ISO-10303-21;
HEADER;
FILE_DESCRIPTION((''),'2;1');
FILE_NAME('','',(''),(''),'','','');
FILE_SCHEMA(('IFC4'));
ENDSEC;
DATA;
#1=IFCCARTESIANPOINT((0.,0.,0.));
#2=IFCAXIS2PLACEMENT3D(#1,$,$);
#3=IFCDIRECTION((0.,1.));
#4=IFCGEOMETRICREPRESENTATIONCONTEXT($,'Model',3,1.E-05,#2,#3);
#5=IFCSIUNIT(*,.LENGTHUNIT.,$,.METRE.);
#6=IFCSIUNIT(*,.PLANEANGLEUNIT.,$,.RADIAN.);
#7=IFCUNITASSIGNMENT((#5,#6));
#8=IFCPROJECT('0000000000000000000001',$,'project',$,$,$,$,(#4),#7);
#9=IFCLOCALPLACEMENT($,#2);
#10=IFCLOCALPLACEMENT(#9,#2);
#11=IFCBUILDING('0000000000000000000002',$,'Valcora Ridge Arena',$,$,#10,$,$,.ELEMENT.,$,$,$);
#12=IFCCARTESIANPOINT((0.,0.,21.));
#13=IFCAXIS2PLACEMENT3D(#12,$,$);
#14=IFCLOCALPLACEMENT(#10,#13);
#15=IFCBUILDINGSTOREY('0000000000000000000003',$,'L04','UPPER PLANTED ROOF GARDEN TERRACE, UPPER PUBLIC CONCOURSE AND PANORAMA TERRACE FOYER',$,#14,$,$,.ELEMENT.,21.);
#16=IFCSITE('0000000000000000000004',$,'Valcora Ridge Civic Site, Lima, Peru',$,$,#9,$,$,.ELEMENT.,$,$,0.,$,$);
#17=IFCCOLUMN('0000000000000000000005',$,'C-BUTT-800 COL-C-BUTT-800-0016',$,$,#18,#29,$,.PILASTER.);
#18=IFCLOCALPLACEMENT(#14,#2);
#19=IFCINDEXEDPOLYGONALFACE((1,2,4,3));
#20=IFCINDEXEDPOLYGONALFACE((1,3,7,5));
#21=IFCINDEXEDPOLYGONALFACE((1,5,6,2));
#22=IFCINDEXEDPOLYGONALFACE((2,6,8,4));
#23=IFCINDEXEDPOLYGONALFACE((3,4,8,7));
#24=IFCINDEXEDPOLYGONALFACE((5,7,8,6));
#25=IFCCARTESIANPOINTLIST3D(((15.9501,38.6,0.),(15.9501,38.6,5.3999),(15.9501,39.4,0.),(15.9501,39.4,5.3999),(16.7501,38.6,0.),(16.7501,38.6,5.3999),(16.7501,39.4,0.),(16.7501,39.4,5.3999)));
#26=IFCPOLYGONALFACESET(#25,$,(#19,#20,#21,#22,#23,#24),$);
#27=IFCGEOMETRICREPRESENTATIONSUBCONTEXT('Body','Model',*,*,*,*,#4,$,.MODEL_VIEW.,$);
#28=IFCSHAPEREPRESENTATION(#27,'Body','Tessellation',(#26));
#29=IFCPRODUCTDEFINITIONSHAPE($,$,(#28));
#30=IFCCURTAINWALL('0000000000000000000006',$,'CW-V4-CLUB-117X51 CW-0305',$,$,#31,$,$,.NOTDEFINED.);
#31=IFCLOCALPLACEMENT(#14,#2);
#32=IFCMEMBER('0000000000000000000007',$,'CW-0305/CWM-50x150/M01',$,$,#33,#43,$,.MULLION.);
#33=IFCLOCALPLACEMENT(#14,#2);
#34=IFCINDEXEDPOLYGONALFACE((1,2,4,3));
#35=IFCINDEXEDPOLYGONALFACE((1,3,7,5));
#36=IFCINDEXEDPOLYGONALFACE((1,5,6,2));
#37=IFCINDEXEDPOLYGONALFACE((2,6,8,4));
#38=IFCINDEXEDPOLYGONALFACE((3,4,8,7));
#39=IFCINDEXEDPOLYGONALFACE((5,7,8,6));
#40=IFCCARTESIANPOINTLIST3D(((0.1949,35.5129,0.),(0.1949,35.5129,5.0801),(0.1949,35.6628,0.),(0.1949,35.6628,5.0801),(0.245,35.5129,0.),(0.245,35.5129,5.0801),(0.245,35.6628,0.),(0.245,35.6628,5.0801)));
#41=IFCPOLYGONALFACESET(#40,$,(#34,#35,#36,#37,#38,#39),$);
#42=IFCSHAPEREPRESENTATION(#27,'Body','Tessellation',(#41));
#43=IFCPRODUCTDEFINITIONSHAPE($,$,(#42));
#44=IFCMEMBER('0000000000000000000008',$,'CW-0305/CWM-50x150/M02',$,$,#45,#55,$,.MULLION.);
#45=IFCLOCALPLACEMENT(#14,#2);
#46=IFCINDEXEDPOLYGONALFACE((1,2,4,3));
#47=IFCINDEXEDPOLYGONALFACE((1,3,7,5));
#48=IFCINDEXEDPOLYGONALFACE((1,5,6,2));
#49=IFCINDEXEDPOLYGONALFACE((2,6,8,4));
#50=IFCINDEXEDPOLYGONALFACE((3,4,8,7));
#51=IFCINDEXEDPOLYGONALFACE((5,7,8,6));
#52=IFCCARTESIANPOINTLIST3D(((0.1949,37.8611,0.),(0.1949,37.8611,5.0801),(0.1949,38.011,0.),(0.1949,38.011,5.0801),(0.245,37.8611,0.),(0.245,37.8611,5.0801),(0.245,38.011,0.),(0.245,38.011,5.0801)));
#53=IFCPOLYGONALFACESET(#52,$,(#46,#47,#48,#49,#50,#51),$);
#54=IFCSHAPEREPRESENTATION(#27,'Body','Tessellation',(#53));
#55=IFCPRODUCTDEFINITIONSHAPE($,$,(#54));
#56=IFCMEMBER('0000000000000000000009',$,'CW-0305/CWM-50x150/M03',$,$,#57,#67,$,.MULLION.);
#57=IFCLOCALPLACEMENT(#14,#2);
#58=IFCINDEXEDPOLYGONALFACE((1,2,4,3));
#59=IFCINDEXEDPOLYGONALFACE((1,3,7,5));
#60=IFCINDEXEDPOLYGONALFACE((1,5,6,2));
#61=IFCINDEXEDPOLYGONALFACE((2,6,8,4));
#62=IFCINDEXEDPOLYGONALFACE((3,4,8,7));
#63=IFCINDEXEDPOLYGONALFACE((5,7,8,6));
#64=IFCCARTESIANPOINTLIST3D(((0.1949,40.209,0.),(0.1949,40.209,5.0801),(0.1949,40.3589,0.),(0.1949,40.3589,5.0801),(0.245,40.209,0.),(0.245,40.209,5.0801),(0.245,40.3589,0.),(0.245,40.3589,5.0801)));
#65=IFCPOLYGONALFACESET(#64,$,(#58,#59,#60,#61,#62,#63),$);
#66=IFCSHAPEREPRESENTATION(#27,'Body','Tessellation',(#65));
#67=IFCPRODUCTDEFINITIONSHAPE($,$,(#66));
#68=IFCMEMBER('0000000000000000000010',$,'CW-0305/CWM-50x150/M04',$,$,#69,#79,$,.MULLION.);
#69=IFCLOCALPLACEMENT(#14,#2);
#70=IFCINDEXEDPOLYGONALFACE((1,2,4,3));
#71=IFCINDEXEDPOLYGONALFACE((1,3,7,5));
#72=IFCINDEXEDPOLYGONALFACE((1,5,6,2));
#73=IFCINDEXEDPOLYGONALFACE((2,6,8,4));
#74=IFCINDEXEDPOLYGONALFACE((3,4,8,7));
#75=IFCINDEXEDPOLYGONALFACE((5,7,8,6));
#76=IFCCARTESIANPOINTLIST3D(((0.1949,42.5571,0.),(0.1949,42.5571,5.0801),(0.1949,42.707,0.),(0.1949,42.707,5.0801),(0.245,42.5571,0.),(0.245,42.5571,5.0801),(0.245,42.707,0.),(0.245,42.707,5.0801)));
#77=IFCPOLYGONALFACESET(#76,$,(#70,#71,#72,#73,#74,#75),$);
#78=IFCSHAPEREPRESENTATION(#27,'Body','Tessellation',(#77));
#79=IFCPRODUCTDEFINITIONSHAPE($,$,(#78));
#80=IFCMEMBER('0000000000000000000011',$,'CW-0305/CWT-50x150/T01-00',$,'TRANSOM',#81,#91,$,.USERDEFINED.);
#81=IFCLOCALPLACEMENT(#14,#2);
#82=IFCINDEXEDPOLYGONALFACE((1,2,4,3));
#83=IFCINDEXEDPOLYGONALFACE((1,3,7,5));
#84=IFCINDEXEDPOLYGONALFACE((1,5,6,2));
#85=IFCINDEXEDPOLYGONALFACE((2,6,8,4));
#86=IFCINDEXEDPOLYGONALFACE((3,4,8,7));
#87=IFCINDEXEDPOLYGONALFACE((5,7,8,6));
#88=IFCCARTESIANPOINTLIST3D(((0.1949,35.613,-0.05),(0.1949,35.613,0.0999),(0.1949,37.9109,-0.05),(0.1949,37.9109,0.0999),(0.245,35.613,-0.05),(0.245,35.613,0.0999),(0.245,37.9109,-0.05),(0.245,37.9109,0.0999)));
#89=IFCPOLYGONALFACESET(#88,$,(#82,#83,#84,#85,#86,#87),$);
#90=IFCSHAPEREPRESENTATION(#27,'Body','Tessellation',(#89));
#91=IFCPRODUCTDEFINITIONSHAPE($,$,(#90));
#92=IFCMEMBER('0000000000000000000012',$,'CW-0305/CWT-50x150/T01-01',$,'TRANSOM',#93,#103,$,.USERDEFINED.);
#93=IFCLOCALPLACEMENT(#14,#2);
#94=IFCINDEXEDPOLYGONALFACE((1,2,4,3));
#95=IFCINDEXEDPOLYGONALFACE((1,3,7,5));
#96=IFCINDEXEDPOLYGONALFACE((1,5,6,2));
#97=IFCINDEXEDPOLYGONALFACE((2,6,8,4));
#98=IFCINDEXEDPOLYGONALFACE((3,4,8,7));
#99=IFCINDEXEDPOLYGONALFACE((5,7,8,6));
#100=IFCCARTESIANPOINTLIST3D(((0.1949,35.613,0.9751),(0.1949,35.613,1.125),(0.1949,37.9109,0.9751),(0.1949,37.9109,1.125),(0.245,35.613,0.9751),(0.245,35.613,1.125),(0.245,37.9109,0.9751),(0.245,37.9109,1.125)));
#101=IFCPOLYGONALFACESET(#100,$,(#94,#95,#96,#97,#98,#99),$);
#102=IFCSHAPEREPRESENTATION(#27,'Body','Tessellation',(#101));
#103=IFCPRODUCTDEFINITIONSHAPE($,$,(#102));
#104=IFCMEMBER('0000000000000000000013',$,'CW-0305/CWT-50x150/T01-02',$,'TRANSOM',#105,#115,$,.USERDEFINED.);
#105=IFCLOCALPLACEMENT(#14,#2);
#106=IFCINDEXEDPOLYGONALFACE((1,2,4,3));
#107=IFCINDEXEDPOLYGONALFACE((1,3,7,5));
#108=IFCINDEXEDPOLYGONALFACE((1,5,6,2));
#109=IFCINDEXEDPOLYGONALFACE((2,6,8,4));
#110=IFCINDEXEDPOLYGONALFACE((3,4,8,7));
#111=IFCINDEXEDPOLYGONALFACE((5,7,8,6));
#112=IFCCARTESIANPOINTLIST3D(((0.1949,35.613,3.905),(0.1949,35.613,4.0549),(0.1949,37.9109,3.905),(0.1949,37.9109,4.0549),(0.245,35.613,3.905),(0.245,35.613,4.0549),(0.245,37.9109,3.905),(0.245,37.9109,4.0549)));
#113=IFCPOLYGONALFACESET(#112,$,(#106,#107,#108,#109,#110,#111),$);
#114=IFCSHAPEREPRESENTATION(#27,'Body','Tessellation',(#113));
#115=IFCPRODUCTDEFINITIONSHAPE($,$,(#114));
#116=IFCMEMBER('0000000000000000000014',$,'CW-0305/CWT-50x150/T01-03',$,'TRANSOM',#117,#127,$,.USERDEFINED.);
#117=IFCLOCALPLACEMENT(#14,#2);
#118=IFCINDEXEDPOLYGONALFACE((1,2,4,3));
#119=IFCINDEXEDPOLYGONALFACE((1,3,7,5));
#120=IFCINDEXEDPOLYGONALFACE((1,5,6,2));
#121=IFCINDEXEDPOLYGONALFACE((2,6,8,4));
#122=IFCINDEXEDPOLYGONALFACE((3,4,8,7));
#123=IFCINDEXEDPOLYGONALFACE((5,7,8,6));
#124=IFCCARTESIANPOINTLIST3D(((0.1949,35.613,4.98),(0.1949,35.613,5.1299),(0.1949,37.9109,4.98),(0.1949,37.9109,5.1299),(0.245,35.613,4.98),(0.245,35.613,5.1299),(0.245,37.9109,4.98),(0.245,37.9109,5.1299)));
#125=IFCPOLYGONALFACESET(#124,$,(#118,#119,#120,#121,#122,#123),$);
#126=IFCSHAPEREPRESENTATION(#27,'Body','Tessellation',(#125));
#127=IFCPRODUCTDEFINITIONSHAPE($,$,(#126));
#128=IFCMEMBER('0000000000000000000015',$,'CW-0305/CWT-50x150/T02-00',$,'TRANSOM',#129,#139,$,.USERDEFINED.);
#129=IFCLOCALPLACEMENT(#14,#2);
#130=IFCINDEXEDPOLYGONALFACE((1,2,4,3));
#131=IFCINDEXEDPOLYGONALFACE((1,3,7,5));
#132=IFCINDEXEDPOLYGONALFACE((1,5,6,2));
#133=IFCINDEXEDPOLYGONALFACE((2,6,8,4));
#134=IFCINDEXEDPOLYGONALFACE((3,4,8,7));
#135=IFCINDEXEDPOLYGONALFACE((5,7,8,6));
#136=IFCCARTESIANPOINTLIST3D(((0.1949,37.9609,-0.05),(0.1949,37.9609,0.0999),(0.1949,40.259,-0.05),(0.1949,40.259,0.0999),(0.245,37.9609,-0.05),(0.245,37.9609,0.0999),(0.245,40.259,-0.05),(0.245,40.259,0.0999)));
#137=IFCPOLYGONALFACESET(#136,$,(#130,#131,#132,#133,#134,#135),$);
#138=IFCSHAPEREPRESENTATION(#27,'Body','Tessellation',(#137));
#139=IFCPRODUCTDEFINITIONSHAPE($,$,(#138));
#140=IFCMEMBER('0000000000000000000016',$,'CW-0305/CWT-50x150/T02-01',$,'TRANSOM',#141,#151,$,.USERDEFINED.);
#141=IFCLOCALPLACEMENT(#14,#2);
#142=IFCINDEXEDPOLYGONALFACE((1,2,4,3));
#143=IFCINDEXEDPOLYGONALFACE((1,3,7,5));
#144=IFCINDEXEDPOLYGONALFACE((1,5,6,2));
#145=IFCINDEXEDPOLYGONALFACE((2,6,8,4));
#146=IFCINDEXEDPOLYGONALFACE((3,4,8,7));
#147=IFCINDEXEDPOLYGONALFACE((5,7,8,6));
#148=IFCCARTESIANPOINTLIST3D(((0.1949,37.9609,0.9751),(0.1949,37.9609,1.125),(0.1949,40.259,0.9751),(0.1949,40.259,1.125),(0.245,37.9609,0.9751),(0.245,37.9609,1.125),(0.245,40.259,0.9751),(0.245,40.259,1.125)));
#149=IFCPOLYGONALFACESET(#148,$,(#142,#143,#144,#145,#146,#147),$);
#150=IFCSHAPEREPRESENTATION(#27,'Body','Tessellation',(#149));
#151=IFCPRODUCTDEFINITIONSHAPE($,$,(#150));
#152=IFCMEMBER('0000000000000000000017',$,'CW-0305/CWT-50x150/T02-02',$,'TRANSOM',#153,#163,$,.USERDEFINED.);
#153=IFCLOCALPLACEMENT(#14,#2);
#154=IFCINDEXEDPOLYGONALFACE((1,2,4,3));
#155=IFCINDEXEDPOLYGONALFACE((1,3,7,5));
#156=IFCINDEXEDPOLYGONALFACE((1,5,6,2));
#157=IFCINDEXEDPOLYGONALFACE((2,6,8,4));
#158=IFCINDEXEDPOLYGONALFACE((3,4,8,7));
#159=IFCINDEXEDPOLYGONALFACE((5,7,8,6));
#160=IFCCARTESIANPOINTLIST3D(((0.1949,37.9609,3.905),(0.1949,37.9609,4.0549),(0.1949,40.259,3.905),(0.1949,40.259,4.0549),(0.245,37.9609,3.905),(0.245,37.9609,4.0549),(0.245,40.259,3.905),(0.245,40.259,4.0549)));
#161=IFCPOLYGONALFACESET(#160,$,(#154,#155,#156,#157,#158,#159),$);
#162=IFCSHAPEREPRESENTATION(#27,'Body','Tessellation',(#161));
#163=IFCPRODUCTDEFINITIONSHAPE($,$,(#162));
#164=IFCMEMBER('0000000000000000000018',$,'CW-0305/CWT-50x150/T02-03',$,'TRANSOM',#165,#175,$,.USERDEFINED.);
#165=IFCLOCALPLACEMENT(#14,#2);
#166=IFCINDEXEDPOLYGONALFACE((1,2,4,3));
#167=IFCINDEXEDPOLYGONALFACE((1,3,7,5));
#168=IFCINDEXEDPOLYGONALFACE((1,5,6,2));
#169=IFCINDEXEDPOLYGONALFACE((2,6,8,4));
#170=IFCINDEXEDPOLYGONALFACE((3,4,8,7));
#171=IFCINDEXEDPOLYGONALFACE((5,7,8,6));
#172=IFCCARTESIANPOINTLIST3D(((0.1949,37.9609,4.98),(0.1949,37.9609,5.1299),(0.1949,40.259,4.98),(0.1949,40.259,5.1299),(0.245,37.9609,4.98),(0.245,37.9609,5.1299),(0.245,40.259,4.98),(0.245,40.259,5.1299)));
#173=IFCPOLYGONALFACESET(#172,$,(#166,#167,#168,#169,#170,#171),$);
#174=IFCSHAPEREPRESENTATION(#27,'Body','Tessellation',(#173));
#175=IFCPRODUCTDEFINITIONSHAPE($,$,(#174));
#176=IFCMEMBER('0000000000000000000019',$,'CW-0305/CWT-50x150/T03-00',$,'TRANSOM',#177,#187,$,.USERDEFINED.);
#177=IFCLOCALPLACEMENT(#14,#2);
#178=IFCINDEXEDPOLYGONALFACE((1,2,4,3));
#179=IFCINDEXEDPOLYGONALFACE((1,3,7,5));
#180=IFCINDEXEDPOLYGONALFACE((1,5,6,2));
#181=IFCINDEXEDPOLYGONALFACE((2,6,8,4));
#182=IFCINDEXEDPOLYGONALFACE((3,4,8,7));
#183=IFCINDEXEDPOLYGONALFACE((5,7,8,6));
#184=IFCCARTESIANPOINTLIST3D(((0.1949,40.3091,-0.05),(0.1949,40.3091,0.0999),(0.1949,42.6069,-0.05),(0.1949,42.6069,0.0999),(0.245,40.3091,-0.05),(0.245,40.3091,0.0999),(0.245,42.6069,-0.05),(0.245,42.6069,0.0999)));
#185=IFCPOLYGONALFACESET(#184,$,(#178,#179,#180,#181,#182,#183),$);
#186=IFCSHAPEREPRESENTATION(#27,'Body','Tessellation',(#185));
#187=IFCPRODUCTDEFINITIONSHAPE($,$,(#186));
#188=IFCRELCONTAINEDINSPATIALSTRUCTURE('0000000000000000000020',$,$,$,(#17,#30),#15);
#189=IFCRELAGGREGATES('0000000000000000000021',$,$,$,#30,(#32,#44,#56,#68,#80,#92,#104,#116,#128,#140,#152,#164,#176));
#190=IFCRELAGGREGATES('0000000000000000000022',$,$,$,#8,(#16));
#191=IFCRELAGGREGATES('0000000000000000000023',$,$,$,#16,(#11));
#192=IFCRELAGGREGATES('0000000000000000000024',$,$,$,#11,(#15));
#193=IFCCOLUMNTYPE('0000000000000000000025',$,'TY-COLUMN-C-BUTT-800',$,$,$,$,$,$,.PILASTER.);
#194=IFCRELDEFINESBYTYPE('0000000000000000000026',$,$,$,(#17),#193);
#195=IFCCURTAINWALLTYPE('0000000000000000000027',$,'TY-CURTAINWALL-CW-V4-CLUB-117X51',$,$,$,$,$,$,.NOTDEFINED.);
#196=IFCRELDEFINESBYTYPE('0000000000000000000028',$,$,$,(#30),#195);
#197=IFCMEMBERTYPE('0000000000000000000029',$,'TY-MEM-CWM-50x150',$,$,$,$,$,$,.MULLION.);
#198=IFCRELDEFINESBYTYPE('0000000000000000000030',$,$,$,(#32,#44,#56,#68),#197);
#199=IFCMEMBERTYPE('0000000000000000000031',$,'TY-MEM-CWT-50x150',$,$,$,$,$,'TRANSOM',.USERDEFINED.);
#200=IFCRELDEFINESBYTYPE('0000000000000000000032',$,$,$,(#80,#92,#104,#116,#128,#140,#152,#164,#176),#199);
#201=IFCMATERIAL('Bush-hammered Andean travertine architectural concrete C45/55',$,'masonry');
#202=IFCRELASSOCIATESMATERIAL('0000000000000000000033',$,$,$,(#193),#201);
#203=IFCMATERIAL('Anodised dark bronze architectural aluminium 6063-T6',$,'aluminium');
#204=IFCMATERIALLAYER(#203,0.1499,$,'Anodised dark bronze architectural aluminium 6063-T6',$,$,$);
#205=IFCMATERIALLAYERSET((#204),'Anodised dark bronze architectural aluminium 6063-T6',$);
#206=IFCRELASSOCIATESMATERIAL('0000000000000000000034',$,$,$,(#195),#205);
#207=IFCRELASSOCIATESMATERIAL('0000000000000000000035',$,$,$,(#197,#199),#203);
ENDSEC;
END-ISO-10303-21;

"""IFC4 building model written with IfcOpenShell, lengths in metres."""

from ifc_helpers import new_model, si_unit, direction, frame, origin, origin_2d, place, context, subcontext, project, spatial, rectangle, extrude, material, layer, layer_set, material_profile, profile_set, type_object, element, aggregate, save


model = new_model("IFC4")

# Units and contexts
model_context = context("Model", 3, precision=1e-05, world=origin(), true_north=direction((0.0, 1.0)))
body_context = subcontext(model_context, "Body", "Model", "MODEL_VIEW")
ifc_project = project(units=[si_unit("LENGTHUNIT", "METRE"), si_unit("PLANEANGLEUNIT", "RADIAN")], contexts=[model_context])

# Site, building, storey
site_placement = place(None, origin())
site = spatial("IfcSite", under=ifc_project, at=site_placement, Name="Valcora Ridge Civic Site, Lima, Peru", CompositionType="ELEMENT", RefElevation=0.0)
building_placement = place(site_placement, origin())
building = spatial("IfcBuilding", under=site, at=building_placement, Name="Valcora Ridge Arena", CompositionType="ELEMENT")
storey_placement = place(building_placement, frame((0.0, 0.0, 21.0)))
storey = spatial("IfcBuildingStorey", under=building, at=storey_placement, Name="L04", Description="UPPER PLANTED ROOF GARDEN TERRACE, UPPER PUBLIC CONCOURSE AND PANORAMA TERRACE FOYER", CompositionType="ELEMENT", Elevation=21.0)

# Column
ifc_material_1 = material(Name="Bush-hammered Andean travertine architectural concrete C45/55", Category="masonry")
ifc_material_profile_1 = material_profile(ifc_material_1, rectangle(XDim=0.8, YDim=0.8, at=origin_2d()), Name="RC 800x800")
ifc_profile_set_1 = profile_set([ifc_material_profile_1], Name="Bush-hammered Andean travertine architectural concrete C45/55")
column_type = type_object("IfcColumnType", Name="TY-COLUMN-C-BUTT-800", PredefinedType="PILASTER", material=ifc_profile_set_1)
column_placement = place(storey_placement, frame((16.3501, 39.0, 0.0), z_axis=(0.0, 0.0, 1.0), x_axis=(1.0, 0.0, 0.0)))
element("IfcColumn", 1, at=column_placement, inside=storey, type_object=column_type, Name="C-BUTT-800 COL-C-BUTT-800-0016", PredefinedType="PILASTER", context=body_context, shape_type="SweptSolid", body=[
    extrude(rectangle(XDim=0.8, YDim=0.8, at=origin_2d()), origin(), (0.0, 0.0, 1.0), 5.3999),
])

# Curtain wall, members
ifc_material_2 = material(Name="Anodised dark bronze architectural aluminium 6063-T6", Category="aluminium")
ifc_layer_1 = layer(ifc_material_2, 0.1499, Name="Anodised dark bronze architectural aluminium 6063-T6")
ifc_layer_set_1 = layer_set([ifc_layer_1], Name="Anodised dark bronze architectural aluminium 6063-T6")
curtain_wall_type = type_object("IfcCurtainWallType", Name="TY-CURTAINWALL-CW-V4-CLUB-117X51", PredefinedType="NOTDEFINED", material=ifc_layer_set_1)
curtain_wall_placement = place(storey_placement, origin())
curtain_wall = element("IfcCurtainWall", 2, at=curtain_wall_placement, inside=storey, type_object=curtain_wall_type, Name="CW-V4-CLUB-117X51 CW-0305", PredefinedType="NOTDEFINED")
ifc_material_profile_2 = material_profile(ifc_material_2, rectangle(XDim=0.05, YDim=0.1499, at=origin_2d()), Name="ALU MULLION 50x150")
ifc_profile_set_2 = profile_set([ifc_material_profile_2], Name="Anodised dark bronze architectural aluminium 6063-T6")
member_type_1 = type_object("IfcMemberType", Name="TY-MEM-CWM-50x150", PredefinedType="MULLION", material=ifc_profile_set_2)
member_1_placement = place(storey_placement, frame((0.22, 35.5879, 0.0), z_axis=(0.0, 0.0, 1.0), x_axis=(-1.0, 0.0, 0.0)))
member_1 = element("IfcMember", 3, at=member_1_placement, type_object=member_type_1, Name="CW-0305/CWM-50x150/M01", PredefinedType="MULLION", context=body_context, shape_type="SweptSolid", body=[
    extrude(rectangle(XDim=0.05, YDim=0.1499, at=origin_2d()), origin(), (0.0, 0.0, 1.0), 5.0801),
])
member_2_placement = place(storey_placement, frame((0.22, 37.936, 0.0), z_axis=(0.0, 0.0, 1.0), x_axis=(-1.0, 0.0, 0.0)))
member_2 = element("IfcMember", 4, at=member_2_placement, type_object=member_type_1, Name="CW-0305/CWM-50x150/M02", PredefinedType="MULLION", context=body_context, shape_type="SweptSolid", body=[
    extrude(rectangle(XDim=0.05, YDim=0.1499, at=origin_2d()), origin(), (0.0, 0.0, 1.0), 5.0801),
])
member_3_placement = place(storey_placement, frame((0.22, 40.2839, 0.0), z_axis=(0.0, 0.0, 1.0), x_axis=(-1.0, 0.0, 0.0)))
member_3 = element("IfcMember", 5, at=member_3_placement, type_object=member_type_1, Name="CW-0305/CWM-50x150/M03", PredefinedType="MULLION", context=body_context, shape_type="SweptSolid", body=[
    extrude(rectangle(XDim=0.05, YDim=0.1499, at=origin_2d()), origin(), (0.0, 0.0, 1.0), 5.0801),
])
member_4_placement = place(storey_placement, frame((0.22, 42.6321, 0.0), z_axis=(0.0, 0.0, 1.0), x_axis=(-1.0, 0.0, 0.0)))
member_4 = element("IfcMember", 6, at=member_4_placement, type_object=member_type_1, Name="CW-0305/CWM-50x150/M04", PredefinedType="MULLION", context=body_context, shape_type="SweptSolid", body=[
    extrude(rectangle(XDim=0.05, YDim=0.1499, at=origin_2d()), origin(), (0.0, 0.0, 1.0), 5.0801),
])
ifc_material_profile_3 = material_profile(ifc_material_2, rectangle(XDim=0.05, YDim=0.1499, at=origin_2d()), Name="ALU TRANSOM 50x150")
ifc_profile_set_3 = profile_set([ifc_material_profile_3], Name="Anodised dark bronze architectural aluminium 6063-T6")
member_type_2 = type_object("IfcMemberType", Name="TY-MEM-CWT-50x150", ElementType="TRANSOM", PredefinedType="USERDEFINED", material=ifc_profile_set_3)
member_5_placement = place(storey_placement, frame((0.22, 35.613, 0.0249), z_axis=(0.0, 1.0, 0.0), x_axis=(-1.0, 0.0, 0.0)))
member_5 = element("IfcMember", 7, at=member_5_placement, type_object=member_type_2, Name="CW-0305/CWT-50x150/T01-00", ObjectType="TRANSOM", PredefinedType="USERDEFINED", context=body_context, shape_type="SweptSolid", body=[
    extrude(rectangle(XDim=0.05, YDim=0.1499, at=origin_2d()), origin(), (0.0, 0.0, 1.0), 2.2979),
])
member_6_placement = place(storey_placement, frame((0.22, 35.613, 1.05), z_axis=(0.0, 1.0, 0.0), x_axis=(-1.0, 0.0, 0.0)))
member_6 = element("IfcMember", 8, at=member_6_placement, type_object=member_type_2, Name="CW-0305/CWT-50x150/T01-01", ObjectType="TRANSOM", PredefinedType="USERDEFINED", context=body_context, shape_type="SweptSolid", body=[
    extrude(rectangle(XDim=0.05, YDim=0.1499, at=origin_2d()), origin(), (0.0, 0.0, 1.0), 2.2979),
])
member_7_placement = place(storey_placement, frame((0.22, 35.613, 3.98), z_axis=(0.0, 1.0, 0.0), x_axis=(-1.0, 0.0, 0.0)))
member_7 = element("IfcMember", 9, at=member_7_placement, type_object=member_type_2, Name="CW-0305/CWT-50x150/T01-02", ObjectType="TRANSOM", PredefinedType="USERDEFINED", context=body_context, shape_type="SweptSolid", body=[
    extrude(rectangle(XDim=0.05, YDim=0.1499, at=origin_2d()), origin(), (0.0, 0.0, 1.0), 2.2979),
])
member_8_placement = place(storey_placement, frame((0.22, 35.613, 5.0549), z_axis=(0.0, 1.0, 0.0), x_axis=(-1.0, 0.0, 0.0)))
member_8 = element("IfcMember", 10, at=member_8_placement, type_object=member_type_2, Name="CW-0305/CWT-50x150/T01-03", ObjectType="TRANSOM", PredefinedType="USERDEFINED", context=body_context, shape_type="SweptSolid", body=[
    extrude(rectangle(XDim=0.05, YDim=0.1499, at=origin_2d()), origin(), (0.0, 0.0, 1.0), 2.2979),
])
member_9_placement = place(storey_placement, frame((0.22, 37.9609, 0.0249), z_axis=(0.0, 1.0, 0.0), x_axis=(-1.0, 0.0, 0.0)))
member_9 = element("IfcMember", 11, at=member_9_placement, type_object=member_type_2, Name="CW-0305/CWT-50x150/T02-00", ObjectType="TRANSOM", PredefinedType="USERDEFINED", context=body_context, shape_type="SweptSolid", body=[
    extrude(rectangle(XDim=0.05, YDim=0.1499, at=origin_2d()), origin(), (0.0, 0.0, 1.0), 2.2981),
])
member_10_placement = place(storey_placement, frame((0.22, 37.9609, 1.05), z_axis=(0.0, 1.0, 0.0), x_axis=(-1.0, 0.0, 0.0)))
member_10 = element("IfcMember", 12, at=member_10_placement, type_object=member_type_2, Name="CW-0305/CWT-50x150/T02-01", ObjectType="TRANSOM", PredefinedType="USERDEFINED", context=body_context, shape_type="SweptSolid", body=[
    extrude(rectangle(XDim=0.05, YDim=0.1499, at=origin_2d()), origin(), (0.0, 0.0, 1.0), 2.2981),
])
member_11_placement = place(storey_placement, frame((0.22, 37.9609, 3.98), z_axis=(0.0, 1.0, 0.0), x_axis=(-1.0, 0.0, 0.0)))
member_11 = element("IfcMember", 13, at=member_11_placement, type_object=member_type_2, Name="CW-0305/CWT-50x150/T02-02", ObjectType="TRANSOM", PredefinedType="USERDEFINED", context=body_context, shape_type="SweptSolid", body=[
    extrude(rectangle(XDim=0.05, YDim=0.1499, at=origin_2d()), origin(), (0.0, 0.0, 1.0), 2.2981),
])
member_12_placement = place(storey_placement, frame((0.22, 37.9609, 5.0549), z_axis=(0.0, 1.0, 0.0), x_axis=(-1.0, 0.0, 0.0)))
member_12 = element("IfcMember", 14, at=member_12_placement, type_object=member_type_2, Name="CW-0305/CWT-50x150/T02-03", ObjectType="TRANSOM", PredefinedType="USERDEFINED", context=body_context, shape_type="SweptSolid", body=[
    extrude(rectangle(XDim=0.05, YDim=0.1499, at=origin_2d()), origin(), (0.0, 0.0, 1.0), 2.2981),
])
member_13_placement = place(storey_placement, frame((0.22, 40.3091, 0.0249), z_axis=(0.0, 1.0, 0.0), x_axis=(-1.0, 0.0, 0.0)))
member_13 = element("IfcMember", 15, at=member_13_placement, type_object=member_type_2, Name="CW-0305/CWT-50x150/T03-00", ObjectType="TRANSOM", PredefinedType="USERDEFINED", context=body_context, shape_type="SweptSolid", body=[
    extrude(rectangle(XDim=0.05, YDim=0.1499, at=origin_2d()), origin(), (0.0, 0.0, 1.0), 2.2979),
])
aggregate(curtain_wall, [member_1, member_2, member_3, member_4, member_5, member_6, member_7, member_8, member_9, member_10, member_11, member_12, member_13])

save(model, "model.ifc")
